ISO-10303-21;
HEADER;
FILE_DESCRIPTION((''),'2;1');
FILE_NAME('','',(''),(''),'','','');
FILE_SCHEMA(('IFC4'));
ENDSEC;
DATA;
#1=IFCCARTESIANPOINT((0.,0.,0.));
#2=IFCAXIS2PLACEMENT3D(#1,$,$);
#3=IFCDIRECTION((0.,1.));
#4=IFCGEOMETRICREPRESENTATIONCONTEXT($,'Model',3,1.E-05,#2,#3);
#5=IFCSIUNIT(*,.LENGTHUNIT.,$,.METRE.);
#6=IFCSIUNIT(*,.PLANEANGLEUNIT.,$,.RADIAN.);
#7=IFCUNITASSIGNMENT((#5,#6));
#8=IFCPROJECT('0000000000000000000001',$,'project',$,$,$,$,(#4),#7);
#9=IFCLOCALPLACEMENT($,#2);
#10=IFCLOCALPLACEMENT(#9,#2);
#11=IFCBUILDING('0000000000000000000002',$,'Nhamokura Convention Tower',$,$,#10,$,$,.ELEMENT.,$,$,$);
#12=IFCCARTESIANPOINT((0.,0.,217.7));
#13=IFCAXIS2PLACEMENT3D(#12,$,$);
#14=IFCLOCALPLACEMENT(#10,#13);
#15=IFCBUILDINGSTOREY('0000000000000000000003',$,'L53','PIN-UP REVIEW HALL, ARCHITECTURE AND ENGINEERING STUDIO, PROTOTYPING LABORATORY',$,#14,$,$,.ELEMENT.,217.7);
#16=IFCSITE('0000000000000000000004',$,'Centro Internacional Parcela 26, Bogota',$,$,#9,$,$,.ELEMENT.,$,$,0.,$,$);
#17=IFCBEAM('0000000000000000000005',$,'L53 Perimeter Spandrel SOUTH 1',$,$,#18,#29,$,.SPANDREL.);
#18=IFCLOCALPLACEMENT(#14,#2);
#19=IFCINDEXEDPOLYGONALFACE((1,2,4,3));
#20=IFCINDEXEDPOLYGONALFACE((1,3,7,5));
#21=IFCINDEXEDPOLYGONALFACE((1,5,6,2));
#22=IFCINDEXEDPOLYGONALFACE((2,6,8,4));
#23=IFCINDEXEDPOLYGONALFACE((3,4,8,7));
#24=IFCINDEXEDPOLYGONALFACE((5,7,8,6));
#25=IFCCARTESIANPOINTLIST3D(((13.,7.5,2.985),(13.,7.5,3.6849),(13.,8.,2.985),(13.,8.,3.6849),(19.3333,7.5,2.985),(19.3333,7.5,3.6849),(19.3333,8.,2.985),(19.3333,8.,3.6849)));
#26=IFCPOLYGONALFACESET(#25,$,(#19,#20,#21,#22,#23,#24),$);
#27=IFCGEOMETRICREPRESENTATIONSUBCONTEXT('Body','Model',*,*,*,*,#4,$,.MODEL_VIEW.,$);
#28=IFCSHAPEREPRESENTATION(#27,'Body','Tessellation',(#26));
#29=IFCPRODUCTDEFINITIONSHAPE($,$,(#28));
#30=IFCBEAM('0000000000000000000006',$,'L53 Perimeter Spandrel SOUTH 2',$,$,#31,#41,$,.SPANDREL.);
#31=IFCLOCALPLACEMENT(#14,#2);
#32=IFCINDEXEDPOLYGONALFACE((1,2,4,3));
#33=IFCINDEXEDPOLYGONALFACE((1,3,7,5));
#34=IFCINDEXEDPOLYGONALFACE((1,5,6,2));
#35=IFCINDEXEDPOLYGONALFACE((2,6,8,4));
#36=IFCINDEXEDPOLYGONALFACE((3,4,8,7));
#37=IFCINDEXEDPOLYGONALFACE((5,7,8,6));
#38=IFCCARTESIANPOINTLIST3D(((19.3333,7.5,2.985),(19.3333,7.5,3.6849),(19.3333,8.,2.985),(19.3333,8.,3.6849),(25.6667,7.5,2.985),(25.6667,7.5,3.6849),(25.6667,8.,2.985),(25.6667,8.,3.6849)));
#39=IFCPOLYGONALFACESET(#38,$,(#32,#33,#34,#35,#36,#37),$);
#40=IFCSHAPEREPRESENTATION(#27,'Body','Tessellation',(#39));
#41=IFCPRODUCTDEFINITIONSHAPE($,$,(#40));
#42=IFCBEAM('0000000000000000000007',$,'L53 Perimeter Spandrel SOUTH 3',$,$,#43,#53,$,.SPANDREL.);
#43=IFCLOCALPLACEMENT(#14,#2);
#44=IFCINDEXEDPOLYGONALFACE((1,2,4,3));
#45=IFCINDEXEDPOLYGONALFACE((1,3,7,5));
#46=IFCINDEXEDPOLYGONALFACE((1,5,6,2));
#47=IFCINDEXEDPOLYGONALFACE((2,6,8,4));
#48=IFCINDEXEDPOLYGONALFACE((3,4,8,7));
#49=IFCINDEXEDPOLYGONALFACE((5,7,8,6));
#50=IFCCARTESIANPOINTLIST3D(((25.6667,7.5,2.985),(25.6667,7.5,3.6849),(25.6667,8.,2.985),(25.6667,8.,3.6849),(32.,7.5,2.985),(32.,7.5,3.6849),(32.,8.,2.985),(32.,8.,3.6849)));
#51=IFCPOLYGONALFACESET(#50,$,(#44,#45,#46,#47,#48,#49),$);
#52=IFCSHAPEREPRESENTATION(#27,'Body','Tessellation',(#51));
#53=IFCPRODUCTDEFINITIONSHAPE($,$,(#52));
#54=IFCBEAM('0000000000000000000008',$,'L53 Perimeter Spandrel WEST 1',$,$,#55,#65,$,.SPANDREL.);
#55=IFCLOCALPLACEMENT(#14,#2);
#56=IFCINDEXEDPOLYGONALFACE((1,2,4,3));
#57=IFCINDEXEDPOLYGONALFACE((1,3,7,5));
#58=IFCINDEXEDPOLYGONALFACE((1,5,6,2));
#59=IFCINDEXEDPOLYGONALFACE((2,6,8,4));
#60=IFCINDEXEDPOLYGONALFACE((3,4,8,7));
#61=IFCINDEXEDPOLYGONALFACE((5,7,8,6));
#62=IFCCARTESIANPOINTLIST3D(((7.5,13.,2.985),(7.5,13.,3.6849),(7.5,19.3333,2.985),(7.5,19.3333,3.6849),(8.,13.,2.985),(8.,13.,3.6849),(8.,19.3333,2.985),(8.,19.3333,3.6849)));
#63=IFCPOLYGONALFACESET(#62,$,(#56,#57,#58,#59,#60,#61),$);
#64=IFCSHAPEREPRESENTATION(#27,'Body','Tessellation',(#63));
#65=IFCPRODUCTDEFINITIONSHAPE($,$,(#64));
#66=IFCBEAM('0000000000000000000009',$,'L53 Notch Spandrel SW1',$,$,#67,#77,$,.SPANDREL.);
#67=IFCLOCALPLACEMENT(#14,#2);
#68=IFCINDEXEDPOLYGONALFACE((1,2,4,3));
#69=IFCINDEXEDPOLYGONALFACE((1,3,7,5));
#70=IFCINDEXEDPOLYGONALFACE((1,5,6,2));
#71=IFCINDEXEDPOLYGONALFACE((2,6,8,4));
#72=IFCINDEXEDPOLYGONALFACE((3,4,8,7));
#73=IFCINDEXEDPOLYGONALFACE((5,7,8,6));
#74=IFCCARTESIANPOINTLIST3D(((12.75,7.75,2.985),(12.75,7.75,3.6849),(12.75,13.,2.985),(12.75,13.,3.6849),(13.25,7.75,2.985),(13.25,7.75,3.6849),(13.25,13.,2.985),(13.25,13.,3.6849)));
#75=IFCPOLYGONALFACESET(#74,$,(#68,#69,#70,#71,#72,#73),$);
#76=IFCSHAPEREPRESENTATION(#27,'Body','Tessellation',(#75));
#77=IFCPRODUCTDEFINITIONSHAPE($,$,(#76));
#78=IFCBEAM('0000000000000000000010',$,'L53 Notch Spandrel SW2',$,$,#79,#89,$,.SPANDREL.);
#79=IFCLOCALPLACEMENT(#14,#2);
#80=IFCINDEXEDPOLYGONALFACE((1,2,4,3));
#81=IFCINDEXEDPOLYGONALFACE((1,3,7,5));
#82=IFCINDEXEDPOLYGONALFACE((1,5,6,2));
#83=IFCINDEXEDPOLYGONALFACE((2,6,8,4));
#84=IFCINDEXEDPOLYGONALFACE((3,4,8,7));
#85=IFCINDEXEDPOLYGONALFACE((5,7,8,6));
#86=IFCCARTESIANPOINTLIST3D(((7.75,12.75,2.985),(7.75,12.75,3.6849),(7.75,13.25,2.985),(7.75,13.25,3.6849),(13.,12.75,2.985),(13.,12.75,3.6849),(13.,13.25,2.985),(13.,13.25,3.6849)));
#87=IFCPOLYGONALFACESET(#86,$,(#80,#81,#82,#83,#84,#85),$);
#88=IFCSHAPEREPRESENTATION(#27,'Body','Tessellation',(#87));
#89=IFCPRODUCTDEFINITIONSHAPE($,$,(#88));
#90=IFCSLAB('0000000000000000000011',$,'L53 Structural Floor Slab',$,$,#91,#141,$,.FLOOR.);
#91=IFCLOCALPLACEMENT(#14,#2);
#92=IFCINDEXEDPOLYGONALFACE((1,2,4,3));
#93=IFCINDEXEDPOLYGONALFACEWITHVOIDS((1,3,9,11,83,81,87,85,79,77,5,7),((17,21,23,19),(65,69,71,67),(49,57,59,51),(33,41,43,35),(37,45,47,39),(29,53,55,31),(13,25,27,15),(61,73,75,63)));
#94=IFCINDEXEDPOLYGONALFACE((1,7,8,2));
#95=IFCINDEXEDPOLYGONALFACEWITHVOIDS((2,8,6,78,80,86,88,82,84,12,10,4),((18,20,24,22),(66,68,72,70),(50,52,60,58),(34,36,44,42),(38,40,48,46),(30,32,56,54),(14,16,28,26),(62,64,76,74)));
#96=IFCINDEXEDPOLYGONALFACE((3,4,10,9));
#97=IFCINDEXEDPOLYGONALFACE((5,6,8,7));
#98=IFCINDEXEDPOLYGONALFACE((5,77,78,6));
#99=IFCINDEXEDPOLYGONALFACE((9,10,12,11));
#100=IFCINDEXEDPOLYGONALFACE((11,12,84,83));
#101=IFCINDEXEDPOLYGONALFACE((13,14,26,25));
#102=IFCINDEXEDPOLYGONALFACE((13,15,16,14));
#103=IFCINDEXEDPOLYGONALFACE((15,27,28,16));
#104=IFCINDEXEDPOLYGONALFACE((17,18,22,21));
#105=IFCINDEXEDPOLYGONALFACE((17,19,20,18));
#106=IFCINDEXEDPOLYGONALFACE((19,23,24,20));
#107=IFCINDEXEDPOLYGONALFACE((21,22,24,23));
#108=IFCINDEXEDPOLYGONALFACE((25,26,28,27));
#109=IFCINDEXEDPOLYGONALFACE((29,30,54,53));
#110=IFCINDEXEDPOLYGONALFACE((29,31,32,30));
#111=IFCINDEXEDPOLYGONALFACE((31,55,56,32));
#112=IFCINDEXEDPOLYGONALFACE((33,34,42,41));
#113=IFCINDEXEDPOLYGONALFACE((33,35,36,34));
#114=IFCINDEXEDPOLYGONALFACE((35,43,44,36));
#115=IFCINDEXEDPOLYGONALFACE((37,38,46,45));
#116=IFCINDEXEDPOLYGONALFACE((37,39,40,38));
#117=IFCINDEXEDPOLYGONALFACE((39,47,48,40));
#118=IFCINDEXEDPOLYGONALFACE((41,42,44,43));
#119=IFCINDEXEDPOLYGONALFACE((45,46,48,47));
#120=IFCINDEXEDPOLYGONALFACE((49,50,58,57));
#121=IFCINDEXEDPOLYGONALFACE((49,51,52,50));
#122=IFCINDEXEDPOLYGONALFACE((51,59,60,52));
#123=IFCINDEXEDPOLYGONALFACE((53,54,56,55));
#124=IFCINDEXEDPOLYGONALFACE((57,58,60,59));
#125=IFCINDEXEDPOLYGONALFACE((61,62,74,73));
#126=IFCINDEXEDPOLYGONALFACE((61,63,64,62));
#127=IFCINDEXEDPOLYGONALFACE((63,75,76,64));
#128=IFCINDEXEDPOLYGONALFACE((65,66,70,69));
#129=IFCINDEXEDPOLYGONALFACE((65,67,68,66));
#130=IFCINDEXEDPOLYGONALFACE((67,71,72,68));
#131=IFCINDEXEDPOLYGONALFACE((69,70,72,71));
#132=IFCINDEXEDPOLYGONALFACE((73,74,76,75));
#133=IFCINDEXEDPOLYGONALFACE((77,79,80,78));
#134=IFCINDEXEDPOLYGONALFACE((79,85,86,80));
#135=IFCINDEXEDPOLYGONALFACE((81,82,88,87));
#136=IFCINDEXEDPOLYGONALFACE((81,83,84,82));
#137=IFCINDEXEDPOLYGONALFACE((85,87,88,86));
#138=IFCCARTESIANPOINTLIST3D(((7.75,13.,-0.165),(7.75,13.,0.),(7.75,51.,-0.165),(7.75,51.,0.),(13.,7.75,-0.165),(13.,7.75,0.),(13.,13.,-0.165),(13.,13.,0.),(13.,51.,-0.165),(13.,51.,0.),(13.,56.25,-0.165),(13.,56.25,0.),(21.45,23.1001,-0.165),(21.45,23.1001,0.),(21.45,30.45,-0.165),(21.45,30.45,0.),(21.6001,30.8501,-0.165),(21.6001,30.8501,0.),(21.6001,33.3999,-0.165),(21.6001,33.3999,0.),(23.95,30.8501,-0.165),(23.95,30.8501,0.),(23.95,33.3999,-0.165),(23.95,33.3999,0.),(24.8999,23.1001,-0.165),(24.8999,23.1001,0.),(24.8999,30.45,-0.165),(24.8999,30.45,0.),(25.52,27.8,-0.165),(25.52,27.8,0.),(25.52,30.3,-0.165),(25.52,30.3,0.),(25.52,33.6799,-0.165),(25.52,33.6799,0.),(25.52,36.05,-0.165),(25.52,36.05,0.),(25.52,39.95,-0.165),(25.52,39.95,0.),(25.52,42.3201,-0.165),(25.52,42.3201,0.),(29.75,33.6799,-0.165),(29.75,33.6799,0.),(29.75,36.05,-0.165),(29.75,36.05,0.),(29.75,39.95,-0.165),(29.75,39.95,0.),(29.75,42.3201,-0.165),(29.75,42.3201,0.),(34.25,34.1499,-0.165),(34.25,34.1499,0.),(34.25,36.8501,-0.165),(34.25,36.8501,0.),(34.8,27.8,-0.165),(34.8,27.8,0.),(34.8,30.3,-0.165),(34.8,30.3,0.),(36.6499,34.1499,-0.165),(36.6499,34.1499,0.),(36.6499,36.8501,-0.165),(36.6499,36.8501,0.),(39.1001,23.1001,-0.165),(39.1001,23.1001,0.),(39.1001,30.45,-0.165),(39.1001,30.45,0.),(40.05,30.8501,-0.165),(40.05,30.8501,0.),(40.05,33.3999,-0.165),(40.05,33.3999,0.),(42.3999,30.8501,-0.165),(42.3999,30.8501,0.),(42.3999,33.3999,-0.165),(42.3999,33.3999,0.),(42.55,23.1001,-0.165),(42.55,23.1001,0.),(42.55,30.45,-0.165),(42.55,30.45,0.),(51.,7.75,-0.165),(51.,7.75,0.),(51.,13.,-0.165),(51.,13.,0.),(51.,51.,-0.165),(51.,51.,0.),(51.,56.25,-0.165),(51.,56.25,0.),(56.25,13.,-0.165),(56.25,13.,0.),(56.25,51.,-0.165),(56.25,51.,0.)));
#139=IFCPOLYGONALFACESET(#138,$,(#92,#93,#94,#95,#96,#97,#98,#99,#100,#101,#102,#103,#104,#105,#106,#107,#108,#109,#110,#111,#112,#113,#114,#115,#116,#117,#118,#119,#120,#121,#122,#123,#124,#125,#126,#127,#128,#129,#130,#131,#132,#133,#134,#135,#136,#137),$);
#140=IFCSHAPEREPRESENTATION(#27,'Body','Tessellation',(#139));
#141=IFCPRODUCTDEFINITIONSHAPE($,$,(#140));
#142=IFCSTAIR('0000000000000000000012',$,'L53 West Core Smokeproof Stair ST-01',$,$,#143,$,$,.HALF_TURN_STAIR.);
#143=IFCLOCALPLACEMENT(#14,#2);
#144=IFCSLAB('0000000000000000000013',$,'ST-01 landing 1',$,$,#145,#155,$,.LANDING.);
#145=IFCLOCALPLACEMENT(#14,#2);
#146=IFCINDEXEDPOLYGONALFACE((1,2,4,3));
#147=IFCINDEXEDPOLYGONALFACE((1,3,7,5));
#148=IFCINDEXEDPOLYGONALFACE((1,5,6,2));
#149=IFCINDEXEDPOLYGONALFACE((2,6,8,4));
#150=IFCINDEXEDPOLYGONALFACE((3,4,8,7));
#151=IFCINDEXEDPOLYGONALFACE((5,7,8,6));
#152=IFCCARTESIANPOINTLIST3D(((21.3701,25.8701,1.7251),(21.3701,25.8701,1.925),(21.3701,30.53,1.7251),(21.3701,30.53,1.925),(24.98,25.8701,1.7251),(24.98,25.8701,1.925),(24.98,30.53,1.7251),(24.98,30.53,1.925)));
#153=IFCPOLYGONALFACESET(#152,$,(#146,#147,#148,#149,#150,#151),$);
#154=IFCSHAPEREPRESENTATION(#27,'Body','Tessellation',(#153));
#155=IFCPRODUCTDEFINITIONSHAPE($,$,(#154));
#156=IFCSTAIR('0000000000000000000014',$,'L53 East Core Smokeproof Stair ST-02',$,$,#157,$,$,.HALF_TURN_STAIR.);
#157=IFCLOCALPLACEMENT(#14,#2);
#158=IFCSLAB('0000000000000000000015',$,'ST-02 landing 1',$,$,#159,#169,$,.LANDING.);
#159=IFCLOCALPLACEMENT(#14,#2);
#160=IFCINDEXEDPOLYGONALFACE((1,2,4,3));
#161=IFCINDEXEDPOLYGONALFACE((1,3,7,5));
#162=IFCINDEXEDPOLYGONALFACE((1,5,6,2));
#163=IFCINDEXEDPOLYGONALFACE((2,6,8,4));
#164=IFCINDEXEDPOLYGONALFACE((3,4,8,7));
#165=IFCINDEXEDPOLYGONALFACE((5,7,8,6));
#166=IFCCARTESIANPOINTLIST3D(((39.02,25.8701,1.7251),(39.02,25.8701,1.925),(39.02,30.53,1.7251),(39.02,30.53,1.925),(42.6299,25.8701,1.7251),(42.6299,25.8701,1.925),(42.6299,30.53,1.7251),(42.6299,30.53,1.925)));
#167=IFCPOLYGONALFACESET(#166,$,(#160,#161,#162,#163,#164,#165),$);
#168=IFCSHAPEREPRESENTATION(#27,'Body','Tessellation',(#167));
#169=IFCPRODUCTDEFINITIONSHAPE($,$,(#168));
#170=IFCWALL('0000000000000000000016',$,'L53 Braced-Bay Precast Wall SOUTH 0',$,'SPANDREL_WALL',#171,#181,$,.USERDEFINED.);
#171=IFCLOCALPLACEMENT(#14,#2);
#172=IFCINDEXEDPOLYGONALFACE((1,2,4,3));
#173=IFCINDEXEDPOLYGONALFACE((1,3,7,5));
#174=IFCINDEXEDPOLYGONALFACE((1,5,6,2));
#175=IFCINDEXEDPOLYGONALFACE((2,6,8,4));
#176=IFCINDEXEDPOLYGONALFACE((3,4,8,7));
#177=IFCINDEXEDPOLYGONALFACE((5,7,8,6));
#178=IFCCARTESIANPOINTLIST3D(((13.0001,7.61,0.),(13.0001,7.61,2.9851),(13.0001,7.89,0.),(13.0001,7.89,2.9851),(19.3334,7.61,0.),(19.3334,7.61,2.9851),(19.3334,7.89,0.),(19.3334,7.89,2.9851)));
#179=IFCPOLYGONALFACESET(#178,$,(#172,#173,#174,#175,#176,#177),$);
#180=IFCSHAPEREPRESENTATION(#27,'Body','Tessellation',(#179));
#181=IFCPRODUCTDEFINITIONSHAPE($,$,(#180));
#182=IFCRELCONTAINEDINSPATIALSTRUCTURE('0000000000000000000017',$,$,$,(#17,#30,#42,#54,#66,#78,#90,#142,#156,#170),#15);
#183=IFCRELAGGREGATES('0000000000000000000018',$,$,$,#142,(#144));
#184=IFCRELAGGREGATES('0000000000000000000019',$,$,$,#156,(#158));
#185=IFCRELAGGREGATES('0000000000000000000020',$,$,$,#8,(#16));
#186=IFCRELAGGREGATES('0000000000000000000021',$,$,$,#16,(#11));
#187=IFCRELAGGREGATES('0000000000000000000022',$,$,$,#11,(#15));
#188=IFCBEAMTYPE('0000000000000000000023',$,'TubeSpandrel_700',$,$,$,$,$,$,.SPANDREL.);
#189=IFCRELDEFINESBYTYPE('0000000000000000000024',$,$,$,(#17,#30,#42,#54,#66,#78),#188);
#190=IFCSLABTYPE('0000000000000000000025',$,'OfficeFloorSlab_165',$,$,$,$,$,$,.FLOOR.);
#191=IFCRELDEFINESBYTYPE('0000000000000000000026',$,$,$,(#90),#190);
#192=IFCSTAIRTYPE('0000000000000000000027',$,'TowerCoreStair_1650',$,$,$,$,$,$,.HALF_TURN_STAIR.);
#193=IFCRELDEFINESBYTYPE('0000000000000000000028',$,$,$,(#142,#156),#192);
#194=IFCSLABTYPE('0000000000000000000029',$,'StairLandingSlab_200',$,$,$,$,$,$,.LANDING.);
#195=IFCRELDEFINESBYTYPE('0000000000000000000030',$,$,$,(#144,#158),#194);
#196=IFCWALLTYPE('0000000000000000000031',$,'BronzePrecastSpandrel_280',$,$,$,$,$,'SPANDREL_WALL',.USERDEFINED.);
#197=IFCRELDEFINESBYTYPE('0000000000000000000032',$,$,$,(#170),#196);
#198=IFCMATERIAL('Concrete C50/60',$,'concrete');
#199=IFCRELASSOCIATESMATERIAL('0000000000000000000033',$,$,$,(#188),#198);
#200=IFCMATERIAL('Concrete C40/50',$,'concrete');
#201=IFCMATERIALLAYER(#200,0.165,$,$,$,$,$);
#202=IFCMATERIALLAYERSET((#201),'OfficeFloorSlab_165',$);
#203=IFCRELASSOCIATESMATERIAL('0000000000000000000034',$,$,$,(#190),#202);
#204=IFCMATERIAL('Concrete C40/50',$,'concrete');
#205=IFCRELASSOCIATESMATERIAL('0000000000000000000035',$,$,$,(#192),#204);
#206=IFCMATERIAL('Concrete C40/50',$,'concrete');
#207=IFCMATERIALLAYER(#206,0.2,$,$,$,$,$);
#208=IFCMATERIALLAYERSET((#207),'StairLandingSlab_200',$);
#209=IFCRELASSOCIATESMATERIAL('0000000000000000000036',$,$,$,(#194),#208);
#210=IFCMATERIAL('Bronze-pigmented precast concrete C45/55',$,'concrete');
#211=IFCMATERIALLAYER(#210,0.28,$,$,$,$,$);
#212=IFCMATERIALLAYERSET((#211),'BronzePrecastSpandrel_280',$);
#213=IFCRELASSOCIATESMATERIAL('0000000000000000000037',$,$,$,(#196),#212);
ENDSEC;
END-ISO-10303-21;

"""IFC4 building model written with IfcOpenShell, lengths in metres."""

from ifc_helpers import new_model, si_unit, direction, frame, frame_2d, origin, origin_2d, place, context, subcontext, project, spatial, polyline, rectangle, outline, extrude, material, layer, layer_set, material_profile, profile_set, type_object, element, aggregate, save


model = new_model("IFC4")

# Units and contexts
model_context = context("Model", 3, precision=1e-05, world=origin(), true_north=direction((0.0, 1.0)))
body_context = subcontext(model_context, "Body", "Model", "MODEL_VIEW")
ifc_project = project(units=[si_unit("LENGTHUNIT", "METRE"), si_unit("PLANEANGLEUNIT", "RADIAN")], contexts=[model_context])

# Site, building, storey
site_placement = place(None, origin())
site = spatial("IfcSite", under=ifc_project, at=site_placement, Name="Centro Internacional Parcela 26, Bogota", CompositionType="ELEMENT", RefElevation=0.0)
building_placement = place(site_placement, origin())
building = spatial("IfcBuilding", under=site, at=building_placement, Name="Nhamokura Convention Tower", CompositionType="ELEMENT")
storey_placement = place(building_placement, frame((0.0, 0.0, 217.7)))
storey = spatial("IfcBuildingStorey", under=building, at=storey_placement, Name="L53", Description="PIN-UP REVIEW HALL, ARCHITECTURE AND ENGINEERING STUDIO, PROTOTYPING LABORATORY", CompositionType="ELEMENT", Elevation=217.7)

# Beams
ifc_material_1 = material(Name="Concrete C50/60", Category="concrete")
ifc_material_profile_1 = material_profile(ifc_material_1, rectangle(XDim=0.5, YDim=0.7, at=origin_2d()))
ifc_profile_set_1 = profile_set([ifc_material_profile_1], Name="Concrete C50/60")
beam_type_1 = type_object("IfcBeamType", Name="TubeSpandrel_700", PredefinedType="SPANDREL", material=ifc_profile_set_1)
beam_1_placement = place(storey_placement, frame((13.0, 7.75, 3.335), z_axis=(1.0, 0.0, 0.0), x_axis=(0.0, 1.0, 0.0)))
element("IfcBeam", 1, at=beam_1_placement, inside=storey, type_object=beam_type_1, Name="L53 Perimeter Spandrel SOUTH 1", PredefinedType="SPANDREL", context=body_context, shape_type="SweptSolid", body=[
    extrude(rectangle(XDim=0.5, YDim=0.7, at=origin_2d()), origin(), (0.0, 0.0, 1.0), 6.3333),
])
beam_2_placement = place(storey_placement, frame((19.3333, 7.75, 3.335), z_axis=(1.0, 0.0, 0.0), x_axis=(0.0, 1.0, 0.0)))
element("IfcBeam", 2, at=beam_2_placement, inside=storey, type_object=beam_type_1, Name="L53 Perimeter Spandrel SOUTH 2", PredefinedType="SPANDREL", context=body_context, shape_type="SweptSolid", body=[
    extrude(rectangle(XDim=0.5, YDim=0.7, at=origin_2d()), origin(), (0.0, 0.0, 1.0), 6.3335),
])
for number, where, z_axis, x_axis, name in (
    (3, (25.6667, 7.75, 3.335), (1.0, 0.0, 0.0), (0.0, 1.0, 0.0), "L53 Perimeter Spandrel SOUTH 3"),
    (4, (7.75, 13.0, 3.335), (0.0, 1.0, 0.0), (-1.0, 0.0, 0.0), "L53 Perimeter Spandrel WEST 1"),
):
    element("IfcBeam", number, at=place(storey_placement, frame(where, z_axis=z_axis, x_axis=x_axis)), inside=storey, type_object=beam_type_1, Name=name, PredefinedType="SPANDREL", context=body_context, shape_type="SweptSolid", body=[
        extrude(rectangle(XDim=0.5, YDim=0.7, at=origin_2d()), origin(), (0.0, 0.0, 1.0), 6.3333),
    ])
for number, where, z_axis, x_axis, name in (
    (5, (13.0, 7.75, 3.335), (0.0, 1.0, 0.0), (-1.0, 0.0, 0.0), "L53 Notch Spandrel SW1"),
    (6, (13.0, 13.0, 3.335), (-1.0, 0.0, 0.0), (0.0, -1.0, 0.0), "L53 Notch Spandrel SW2"),
):
    element("IfcBeam", number, at=place(storey_placement, frame(where, z_axis=z_axis, x_axis=x_axis)), inside=storey, type_object=beam_type_1, Name=name, PredefinedType="SPANDREL", context=body_context, shape_type="SweptSolid", body=[
        extrude(rectangle(XDim=0.5, YDim=0.7, at=origin_2d()), origin(), (0.0, 0.0, 1.0), 5.25),
    ])

# Slab
ifc_material_2 = material(Name="Concrete C40/50", Category="concrete")
ifc_layer_1 = layer(ifc_material_2, 0.165)
ifc_layer_set_1 = layer_set([ifc_layer_1], Name="OfficeFloorSlab_165")
slab_type_1 = type_object("IfcSlabType", Name="OfficeFloorSlab_165", PredefinedType="FLOOR", material=ifc_layer_set_1)
slab_1_placement = place(storey_placement, frame((0.0, 0.0, -0.165)))
element("IfcSlab", 7, at=slab_1_placement, inside=storey, type_object=slab_type_1, Name="L53 Structural Floor Slab", PredefinedType="FLOOR", context=body_context, shape_type="SweptSolid", body=[
    extrude(outline(polyline([(13.0, 7.75), (51.0, 7.75), (51.0, 13.0), (56.25, 13.0), (56.25, 51.0), (51.0, 51.0), (51.0, 56.25), (13.0, 56.25), (13.0, 51.0), (7.75, 51.0), (7.75, 13.0), (13.0, 13.0), (13.0, 7.75)]), holes=[polyline([(24.8999, 23.1001), (24.8999, 30.45), (21.45, 30.45), (21.45, 23.1001), (24.8999, 23.1001)]), polyline([(42.55, 23.1001), (42.55, 30.45), (39.1001, 30.45), (39.1001, 23.1001), (42.55, 23.1001)]), polyline([(21.6001, 30.8501), (23.95, 30.8501), (23.95, 33.3999), (21.6001, 33.3999), (21.6001, 30.8501)]), polyline([(40.05, 30.8501), (42.3999, 30.8501), (42.3999, 33.3999), (40.05, 33.3999), (40.05, 30.8501)]), polyline([(34.25, 34.1499), (36.6499, 34.1499), (36.6499, 36.8501), (34.25, 36.8501), (34.25, 34.1499)]), polyline([(25.52, 27.8), (34.8, 27.8), (34.8, 30.3), (25.52, 30.3), (25.52, 27.8)]), polyline([(25.52, 33.6799), (29.75, 33.6799), (29.75, 36.05), (25.52, 36.05), (25.52, 33.6799)]), polyline([(25.52, 39.95), (29.75, 39.95), (29.75, 42.3201), (25.52, 42.3201), (25.52, 39.95)])]), origin(), (0.0, 0.0, 1.0), 0.165),
])

# Stairs, slabs
ifc_material_3 = material(Name="Concrete C40/50", Category="concrete")
stair_type = type_object("IfcStairType", Name="TowerCoreStair_1650", PredefinedType="HALF_TURN_STAIR", material=ifc_material_3)
stair_1_placement = place(storey_placement, origin())
stair_1 = element("IfcStair", 8, at=stair_1_placement, inside=storey, type_object=stair_type, Name="L53 West Core Smokeproof Stair ST-01", PredefinedType="HALF_TURN_STAIR")
ifc_material_4 = material(Name="Concrete C40/50", Category="concrete")
ifc_layer_2 = layer(ifc_material_4, 0.2)
ifc_layer_set_2 = layer_set([ifc_layer_2], Name="StairLandingSlab_200")
slab_type_2 = type_object("IfcSlabType", Name="StairLandingSlab_200", PredefinedType="LANDING", material=ifc_layer_set_2)
slab_2_placement = place(storey_placement, frame((0.0, 0.0, 1.7251)))
slab_2 = element("IfcSlab", 9, at=slab_2_placement, type_object=slab_type_2, Name="ST-01 landing 1", PredefinedType="LANDING", context=body_context, shape_type="SweptSolid", body=[
    extrude(outline(polyline([(24.98, 25.8701), (24.98, 30.53), (21.3701, 30.53), (21.3701, 25.8701), (24.98, 25.8701)])), origin(), (0.0, 0.0, 1.0), 0.2),
])
aggregate(stair_1, [slab_2])
stair_2_placement = place(storey_placement, origin())
stair_2 = element("IfcStair", 10, at=stair_2_placement, inside=storey, type_object=stair_type, Name="L53 East Core Smokeproof Stair ST-02", PredefinedType="HALF_TURN_STAIR")
slab_3_placement = place(storey_placement, frame((0.0, 0.0, 1.7251)))
slab_3 = element("IfcSlab", 11, at=slab_3_placement, type_object=slab_type_2, Name="ST-02 landing 1", PredefinedType="LANDING", context=body_context, shape_type="SweptSolid", body=[
    extrude(outline(polyline([(42.6299, 25.8701), (42.6299, 30.53), (39.02, 30.53), (39.02, 25.8701), (42.6299, 25.8701)])), origin(), (0.0, 0.0, 1.0), 0.2),
])
aggregate(stair_2, [slab_3])

# Wall
ifc_material_5 = material(Name="Bronze-pigmented precast concrete C45/55", Category="concrete")
ifc_layer_3 = layer(ifc_material_5, 0.28)
ifc_layer_set_3 = layer_set([ifc_layer_3], Name="BronzePrecastSpandrel_280")
wall_type_1 = type_object("IfcWallType", Name="BronzePrecastSpandrel_280", ElementType="SPANDREL_WALL", PredefinedType="USERDEFINED", material=ifc_layer_set_3)
wall_1_placement = place(storey_placement, frame((19.3333, 7.75, 0.0), z_axis=(0.0, 0.0, 1.0), x_axis=(-1.0, 0.0, 0.0)))
element("IfcWall", 12, at=wall_1_placement, inside=storey, type_object=wall_type_1, Name="L53 Braced-Bay Precast Wall SOUTH 0", ObjectType="SPANDREL_WALL", PredefinedType="USERDEFINED", context=body_context, shape_type="SweptSolid", body=[
    extrude(rectangle(XDim=6.3333, YDim=0.28, at=frame_2d((3.1665, 0.0))), origin(), (0.0, 0.0, 1.0), 2.9851),
])

save(model, "model.ifc")
